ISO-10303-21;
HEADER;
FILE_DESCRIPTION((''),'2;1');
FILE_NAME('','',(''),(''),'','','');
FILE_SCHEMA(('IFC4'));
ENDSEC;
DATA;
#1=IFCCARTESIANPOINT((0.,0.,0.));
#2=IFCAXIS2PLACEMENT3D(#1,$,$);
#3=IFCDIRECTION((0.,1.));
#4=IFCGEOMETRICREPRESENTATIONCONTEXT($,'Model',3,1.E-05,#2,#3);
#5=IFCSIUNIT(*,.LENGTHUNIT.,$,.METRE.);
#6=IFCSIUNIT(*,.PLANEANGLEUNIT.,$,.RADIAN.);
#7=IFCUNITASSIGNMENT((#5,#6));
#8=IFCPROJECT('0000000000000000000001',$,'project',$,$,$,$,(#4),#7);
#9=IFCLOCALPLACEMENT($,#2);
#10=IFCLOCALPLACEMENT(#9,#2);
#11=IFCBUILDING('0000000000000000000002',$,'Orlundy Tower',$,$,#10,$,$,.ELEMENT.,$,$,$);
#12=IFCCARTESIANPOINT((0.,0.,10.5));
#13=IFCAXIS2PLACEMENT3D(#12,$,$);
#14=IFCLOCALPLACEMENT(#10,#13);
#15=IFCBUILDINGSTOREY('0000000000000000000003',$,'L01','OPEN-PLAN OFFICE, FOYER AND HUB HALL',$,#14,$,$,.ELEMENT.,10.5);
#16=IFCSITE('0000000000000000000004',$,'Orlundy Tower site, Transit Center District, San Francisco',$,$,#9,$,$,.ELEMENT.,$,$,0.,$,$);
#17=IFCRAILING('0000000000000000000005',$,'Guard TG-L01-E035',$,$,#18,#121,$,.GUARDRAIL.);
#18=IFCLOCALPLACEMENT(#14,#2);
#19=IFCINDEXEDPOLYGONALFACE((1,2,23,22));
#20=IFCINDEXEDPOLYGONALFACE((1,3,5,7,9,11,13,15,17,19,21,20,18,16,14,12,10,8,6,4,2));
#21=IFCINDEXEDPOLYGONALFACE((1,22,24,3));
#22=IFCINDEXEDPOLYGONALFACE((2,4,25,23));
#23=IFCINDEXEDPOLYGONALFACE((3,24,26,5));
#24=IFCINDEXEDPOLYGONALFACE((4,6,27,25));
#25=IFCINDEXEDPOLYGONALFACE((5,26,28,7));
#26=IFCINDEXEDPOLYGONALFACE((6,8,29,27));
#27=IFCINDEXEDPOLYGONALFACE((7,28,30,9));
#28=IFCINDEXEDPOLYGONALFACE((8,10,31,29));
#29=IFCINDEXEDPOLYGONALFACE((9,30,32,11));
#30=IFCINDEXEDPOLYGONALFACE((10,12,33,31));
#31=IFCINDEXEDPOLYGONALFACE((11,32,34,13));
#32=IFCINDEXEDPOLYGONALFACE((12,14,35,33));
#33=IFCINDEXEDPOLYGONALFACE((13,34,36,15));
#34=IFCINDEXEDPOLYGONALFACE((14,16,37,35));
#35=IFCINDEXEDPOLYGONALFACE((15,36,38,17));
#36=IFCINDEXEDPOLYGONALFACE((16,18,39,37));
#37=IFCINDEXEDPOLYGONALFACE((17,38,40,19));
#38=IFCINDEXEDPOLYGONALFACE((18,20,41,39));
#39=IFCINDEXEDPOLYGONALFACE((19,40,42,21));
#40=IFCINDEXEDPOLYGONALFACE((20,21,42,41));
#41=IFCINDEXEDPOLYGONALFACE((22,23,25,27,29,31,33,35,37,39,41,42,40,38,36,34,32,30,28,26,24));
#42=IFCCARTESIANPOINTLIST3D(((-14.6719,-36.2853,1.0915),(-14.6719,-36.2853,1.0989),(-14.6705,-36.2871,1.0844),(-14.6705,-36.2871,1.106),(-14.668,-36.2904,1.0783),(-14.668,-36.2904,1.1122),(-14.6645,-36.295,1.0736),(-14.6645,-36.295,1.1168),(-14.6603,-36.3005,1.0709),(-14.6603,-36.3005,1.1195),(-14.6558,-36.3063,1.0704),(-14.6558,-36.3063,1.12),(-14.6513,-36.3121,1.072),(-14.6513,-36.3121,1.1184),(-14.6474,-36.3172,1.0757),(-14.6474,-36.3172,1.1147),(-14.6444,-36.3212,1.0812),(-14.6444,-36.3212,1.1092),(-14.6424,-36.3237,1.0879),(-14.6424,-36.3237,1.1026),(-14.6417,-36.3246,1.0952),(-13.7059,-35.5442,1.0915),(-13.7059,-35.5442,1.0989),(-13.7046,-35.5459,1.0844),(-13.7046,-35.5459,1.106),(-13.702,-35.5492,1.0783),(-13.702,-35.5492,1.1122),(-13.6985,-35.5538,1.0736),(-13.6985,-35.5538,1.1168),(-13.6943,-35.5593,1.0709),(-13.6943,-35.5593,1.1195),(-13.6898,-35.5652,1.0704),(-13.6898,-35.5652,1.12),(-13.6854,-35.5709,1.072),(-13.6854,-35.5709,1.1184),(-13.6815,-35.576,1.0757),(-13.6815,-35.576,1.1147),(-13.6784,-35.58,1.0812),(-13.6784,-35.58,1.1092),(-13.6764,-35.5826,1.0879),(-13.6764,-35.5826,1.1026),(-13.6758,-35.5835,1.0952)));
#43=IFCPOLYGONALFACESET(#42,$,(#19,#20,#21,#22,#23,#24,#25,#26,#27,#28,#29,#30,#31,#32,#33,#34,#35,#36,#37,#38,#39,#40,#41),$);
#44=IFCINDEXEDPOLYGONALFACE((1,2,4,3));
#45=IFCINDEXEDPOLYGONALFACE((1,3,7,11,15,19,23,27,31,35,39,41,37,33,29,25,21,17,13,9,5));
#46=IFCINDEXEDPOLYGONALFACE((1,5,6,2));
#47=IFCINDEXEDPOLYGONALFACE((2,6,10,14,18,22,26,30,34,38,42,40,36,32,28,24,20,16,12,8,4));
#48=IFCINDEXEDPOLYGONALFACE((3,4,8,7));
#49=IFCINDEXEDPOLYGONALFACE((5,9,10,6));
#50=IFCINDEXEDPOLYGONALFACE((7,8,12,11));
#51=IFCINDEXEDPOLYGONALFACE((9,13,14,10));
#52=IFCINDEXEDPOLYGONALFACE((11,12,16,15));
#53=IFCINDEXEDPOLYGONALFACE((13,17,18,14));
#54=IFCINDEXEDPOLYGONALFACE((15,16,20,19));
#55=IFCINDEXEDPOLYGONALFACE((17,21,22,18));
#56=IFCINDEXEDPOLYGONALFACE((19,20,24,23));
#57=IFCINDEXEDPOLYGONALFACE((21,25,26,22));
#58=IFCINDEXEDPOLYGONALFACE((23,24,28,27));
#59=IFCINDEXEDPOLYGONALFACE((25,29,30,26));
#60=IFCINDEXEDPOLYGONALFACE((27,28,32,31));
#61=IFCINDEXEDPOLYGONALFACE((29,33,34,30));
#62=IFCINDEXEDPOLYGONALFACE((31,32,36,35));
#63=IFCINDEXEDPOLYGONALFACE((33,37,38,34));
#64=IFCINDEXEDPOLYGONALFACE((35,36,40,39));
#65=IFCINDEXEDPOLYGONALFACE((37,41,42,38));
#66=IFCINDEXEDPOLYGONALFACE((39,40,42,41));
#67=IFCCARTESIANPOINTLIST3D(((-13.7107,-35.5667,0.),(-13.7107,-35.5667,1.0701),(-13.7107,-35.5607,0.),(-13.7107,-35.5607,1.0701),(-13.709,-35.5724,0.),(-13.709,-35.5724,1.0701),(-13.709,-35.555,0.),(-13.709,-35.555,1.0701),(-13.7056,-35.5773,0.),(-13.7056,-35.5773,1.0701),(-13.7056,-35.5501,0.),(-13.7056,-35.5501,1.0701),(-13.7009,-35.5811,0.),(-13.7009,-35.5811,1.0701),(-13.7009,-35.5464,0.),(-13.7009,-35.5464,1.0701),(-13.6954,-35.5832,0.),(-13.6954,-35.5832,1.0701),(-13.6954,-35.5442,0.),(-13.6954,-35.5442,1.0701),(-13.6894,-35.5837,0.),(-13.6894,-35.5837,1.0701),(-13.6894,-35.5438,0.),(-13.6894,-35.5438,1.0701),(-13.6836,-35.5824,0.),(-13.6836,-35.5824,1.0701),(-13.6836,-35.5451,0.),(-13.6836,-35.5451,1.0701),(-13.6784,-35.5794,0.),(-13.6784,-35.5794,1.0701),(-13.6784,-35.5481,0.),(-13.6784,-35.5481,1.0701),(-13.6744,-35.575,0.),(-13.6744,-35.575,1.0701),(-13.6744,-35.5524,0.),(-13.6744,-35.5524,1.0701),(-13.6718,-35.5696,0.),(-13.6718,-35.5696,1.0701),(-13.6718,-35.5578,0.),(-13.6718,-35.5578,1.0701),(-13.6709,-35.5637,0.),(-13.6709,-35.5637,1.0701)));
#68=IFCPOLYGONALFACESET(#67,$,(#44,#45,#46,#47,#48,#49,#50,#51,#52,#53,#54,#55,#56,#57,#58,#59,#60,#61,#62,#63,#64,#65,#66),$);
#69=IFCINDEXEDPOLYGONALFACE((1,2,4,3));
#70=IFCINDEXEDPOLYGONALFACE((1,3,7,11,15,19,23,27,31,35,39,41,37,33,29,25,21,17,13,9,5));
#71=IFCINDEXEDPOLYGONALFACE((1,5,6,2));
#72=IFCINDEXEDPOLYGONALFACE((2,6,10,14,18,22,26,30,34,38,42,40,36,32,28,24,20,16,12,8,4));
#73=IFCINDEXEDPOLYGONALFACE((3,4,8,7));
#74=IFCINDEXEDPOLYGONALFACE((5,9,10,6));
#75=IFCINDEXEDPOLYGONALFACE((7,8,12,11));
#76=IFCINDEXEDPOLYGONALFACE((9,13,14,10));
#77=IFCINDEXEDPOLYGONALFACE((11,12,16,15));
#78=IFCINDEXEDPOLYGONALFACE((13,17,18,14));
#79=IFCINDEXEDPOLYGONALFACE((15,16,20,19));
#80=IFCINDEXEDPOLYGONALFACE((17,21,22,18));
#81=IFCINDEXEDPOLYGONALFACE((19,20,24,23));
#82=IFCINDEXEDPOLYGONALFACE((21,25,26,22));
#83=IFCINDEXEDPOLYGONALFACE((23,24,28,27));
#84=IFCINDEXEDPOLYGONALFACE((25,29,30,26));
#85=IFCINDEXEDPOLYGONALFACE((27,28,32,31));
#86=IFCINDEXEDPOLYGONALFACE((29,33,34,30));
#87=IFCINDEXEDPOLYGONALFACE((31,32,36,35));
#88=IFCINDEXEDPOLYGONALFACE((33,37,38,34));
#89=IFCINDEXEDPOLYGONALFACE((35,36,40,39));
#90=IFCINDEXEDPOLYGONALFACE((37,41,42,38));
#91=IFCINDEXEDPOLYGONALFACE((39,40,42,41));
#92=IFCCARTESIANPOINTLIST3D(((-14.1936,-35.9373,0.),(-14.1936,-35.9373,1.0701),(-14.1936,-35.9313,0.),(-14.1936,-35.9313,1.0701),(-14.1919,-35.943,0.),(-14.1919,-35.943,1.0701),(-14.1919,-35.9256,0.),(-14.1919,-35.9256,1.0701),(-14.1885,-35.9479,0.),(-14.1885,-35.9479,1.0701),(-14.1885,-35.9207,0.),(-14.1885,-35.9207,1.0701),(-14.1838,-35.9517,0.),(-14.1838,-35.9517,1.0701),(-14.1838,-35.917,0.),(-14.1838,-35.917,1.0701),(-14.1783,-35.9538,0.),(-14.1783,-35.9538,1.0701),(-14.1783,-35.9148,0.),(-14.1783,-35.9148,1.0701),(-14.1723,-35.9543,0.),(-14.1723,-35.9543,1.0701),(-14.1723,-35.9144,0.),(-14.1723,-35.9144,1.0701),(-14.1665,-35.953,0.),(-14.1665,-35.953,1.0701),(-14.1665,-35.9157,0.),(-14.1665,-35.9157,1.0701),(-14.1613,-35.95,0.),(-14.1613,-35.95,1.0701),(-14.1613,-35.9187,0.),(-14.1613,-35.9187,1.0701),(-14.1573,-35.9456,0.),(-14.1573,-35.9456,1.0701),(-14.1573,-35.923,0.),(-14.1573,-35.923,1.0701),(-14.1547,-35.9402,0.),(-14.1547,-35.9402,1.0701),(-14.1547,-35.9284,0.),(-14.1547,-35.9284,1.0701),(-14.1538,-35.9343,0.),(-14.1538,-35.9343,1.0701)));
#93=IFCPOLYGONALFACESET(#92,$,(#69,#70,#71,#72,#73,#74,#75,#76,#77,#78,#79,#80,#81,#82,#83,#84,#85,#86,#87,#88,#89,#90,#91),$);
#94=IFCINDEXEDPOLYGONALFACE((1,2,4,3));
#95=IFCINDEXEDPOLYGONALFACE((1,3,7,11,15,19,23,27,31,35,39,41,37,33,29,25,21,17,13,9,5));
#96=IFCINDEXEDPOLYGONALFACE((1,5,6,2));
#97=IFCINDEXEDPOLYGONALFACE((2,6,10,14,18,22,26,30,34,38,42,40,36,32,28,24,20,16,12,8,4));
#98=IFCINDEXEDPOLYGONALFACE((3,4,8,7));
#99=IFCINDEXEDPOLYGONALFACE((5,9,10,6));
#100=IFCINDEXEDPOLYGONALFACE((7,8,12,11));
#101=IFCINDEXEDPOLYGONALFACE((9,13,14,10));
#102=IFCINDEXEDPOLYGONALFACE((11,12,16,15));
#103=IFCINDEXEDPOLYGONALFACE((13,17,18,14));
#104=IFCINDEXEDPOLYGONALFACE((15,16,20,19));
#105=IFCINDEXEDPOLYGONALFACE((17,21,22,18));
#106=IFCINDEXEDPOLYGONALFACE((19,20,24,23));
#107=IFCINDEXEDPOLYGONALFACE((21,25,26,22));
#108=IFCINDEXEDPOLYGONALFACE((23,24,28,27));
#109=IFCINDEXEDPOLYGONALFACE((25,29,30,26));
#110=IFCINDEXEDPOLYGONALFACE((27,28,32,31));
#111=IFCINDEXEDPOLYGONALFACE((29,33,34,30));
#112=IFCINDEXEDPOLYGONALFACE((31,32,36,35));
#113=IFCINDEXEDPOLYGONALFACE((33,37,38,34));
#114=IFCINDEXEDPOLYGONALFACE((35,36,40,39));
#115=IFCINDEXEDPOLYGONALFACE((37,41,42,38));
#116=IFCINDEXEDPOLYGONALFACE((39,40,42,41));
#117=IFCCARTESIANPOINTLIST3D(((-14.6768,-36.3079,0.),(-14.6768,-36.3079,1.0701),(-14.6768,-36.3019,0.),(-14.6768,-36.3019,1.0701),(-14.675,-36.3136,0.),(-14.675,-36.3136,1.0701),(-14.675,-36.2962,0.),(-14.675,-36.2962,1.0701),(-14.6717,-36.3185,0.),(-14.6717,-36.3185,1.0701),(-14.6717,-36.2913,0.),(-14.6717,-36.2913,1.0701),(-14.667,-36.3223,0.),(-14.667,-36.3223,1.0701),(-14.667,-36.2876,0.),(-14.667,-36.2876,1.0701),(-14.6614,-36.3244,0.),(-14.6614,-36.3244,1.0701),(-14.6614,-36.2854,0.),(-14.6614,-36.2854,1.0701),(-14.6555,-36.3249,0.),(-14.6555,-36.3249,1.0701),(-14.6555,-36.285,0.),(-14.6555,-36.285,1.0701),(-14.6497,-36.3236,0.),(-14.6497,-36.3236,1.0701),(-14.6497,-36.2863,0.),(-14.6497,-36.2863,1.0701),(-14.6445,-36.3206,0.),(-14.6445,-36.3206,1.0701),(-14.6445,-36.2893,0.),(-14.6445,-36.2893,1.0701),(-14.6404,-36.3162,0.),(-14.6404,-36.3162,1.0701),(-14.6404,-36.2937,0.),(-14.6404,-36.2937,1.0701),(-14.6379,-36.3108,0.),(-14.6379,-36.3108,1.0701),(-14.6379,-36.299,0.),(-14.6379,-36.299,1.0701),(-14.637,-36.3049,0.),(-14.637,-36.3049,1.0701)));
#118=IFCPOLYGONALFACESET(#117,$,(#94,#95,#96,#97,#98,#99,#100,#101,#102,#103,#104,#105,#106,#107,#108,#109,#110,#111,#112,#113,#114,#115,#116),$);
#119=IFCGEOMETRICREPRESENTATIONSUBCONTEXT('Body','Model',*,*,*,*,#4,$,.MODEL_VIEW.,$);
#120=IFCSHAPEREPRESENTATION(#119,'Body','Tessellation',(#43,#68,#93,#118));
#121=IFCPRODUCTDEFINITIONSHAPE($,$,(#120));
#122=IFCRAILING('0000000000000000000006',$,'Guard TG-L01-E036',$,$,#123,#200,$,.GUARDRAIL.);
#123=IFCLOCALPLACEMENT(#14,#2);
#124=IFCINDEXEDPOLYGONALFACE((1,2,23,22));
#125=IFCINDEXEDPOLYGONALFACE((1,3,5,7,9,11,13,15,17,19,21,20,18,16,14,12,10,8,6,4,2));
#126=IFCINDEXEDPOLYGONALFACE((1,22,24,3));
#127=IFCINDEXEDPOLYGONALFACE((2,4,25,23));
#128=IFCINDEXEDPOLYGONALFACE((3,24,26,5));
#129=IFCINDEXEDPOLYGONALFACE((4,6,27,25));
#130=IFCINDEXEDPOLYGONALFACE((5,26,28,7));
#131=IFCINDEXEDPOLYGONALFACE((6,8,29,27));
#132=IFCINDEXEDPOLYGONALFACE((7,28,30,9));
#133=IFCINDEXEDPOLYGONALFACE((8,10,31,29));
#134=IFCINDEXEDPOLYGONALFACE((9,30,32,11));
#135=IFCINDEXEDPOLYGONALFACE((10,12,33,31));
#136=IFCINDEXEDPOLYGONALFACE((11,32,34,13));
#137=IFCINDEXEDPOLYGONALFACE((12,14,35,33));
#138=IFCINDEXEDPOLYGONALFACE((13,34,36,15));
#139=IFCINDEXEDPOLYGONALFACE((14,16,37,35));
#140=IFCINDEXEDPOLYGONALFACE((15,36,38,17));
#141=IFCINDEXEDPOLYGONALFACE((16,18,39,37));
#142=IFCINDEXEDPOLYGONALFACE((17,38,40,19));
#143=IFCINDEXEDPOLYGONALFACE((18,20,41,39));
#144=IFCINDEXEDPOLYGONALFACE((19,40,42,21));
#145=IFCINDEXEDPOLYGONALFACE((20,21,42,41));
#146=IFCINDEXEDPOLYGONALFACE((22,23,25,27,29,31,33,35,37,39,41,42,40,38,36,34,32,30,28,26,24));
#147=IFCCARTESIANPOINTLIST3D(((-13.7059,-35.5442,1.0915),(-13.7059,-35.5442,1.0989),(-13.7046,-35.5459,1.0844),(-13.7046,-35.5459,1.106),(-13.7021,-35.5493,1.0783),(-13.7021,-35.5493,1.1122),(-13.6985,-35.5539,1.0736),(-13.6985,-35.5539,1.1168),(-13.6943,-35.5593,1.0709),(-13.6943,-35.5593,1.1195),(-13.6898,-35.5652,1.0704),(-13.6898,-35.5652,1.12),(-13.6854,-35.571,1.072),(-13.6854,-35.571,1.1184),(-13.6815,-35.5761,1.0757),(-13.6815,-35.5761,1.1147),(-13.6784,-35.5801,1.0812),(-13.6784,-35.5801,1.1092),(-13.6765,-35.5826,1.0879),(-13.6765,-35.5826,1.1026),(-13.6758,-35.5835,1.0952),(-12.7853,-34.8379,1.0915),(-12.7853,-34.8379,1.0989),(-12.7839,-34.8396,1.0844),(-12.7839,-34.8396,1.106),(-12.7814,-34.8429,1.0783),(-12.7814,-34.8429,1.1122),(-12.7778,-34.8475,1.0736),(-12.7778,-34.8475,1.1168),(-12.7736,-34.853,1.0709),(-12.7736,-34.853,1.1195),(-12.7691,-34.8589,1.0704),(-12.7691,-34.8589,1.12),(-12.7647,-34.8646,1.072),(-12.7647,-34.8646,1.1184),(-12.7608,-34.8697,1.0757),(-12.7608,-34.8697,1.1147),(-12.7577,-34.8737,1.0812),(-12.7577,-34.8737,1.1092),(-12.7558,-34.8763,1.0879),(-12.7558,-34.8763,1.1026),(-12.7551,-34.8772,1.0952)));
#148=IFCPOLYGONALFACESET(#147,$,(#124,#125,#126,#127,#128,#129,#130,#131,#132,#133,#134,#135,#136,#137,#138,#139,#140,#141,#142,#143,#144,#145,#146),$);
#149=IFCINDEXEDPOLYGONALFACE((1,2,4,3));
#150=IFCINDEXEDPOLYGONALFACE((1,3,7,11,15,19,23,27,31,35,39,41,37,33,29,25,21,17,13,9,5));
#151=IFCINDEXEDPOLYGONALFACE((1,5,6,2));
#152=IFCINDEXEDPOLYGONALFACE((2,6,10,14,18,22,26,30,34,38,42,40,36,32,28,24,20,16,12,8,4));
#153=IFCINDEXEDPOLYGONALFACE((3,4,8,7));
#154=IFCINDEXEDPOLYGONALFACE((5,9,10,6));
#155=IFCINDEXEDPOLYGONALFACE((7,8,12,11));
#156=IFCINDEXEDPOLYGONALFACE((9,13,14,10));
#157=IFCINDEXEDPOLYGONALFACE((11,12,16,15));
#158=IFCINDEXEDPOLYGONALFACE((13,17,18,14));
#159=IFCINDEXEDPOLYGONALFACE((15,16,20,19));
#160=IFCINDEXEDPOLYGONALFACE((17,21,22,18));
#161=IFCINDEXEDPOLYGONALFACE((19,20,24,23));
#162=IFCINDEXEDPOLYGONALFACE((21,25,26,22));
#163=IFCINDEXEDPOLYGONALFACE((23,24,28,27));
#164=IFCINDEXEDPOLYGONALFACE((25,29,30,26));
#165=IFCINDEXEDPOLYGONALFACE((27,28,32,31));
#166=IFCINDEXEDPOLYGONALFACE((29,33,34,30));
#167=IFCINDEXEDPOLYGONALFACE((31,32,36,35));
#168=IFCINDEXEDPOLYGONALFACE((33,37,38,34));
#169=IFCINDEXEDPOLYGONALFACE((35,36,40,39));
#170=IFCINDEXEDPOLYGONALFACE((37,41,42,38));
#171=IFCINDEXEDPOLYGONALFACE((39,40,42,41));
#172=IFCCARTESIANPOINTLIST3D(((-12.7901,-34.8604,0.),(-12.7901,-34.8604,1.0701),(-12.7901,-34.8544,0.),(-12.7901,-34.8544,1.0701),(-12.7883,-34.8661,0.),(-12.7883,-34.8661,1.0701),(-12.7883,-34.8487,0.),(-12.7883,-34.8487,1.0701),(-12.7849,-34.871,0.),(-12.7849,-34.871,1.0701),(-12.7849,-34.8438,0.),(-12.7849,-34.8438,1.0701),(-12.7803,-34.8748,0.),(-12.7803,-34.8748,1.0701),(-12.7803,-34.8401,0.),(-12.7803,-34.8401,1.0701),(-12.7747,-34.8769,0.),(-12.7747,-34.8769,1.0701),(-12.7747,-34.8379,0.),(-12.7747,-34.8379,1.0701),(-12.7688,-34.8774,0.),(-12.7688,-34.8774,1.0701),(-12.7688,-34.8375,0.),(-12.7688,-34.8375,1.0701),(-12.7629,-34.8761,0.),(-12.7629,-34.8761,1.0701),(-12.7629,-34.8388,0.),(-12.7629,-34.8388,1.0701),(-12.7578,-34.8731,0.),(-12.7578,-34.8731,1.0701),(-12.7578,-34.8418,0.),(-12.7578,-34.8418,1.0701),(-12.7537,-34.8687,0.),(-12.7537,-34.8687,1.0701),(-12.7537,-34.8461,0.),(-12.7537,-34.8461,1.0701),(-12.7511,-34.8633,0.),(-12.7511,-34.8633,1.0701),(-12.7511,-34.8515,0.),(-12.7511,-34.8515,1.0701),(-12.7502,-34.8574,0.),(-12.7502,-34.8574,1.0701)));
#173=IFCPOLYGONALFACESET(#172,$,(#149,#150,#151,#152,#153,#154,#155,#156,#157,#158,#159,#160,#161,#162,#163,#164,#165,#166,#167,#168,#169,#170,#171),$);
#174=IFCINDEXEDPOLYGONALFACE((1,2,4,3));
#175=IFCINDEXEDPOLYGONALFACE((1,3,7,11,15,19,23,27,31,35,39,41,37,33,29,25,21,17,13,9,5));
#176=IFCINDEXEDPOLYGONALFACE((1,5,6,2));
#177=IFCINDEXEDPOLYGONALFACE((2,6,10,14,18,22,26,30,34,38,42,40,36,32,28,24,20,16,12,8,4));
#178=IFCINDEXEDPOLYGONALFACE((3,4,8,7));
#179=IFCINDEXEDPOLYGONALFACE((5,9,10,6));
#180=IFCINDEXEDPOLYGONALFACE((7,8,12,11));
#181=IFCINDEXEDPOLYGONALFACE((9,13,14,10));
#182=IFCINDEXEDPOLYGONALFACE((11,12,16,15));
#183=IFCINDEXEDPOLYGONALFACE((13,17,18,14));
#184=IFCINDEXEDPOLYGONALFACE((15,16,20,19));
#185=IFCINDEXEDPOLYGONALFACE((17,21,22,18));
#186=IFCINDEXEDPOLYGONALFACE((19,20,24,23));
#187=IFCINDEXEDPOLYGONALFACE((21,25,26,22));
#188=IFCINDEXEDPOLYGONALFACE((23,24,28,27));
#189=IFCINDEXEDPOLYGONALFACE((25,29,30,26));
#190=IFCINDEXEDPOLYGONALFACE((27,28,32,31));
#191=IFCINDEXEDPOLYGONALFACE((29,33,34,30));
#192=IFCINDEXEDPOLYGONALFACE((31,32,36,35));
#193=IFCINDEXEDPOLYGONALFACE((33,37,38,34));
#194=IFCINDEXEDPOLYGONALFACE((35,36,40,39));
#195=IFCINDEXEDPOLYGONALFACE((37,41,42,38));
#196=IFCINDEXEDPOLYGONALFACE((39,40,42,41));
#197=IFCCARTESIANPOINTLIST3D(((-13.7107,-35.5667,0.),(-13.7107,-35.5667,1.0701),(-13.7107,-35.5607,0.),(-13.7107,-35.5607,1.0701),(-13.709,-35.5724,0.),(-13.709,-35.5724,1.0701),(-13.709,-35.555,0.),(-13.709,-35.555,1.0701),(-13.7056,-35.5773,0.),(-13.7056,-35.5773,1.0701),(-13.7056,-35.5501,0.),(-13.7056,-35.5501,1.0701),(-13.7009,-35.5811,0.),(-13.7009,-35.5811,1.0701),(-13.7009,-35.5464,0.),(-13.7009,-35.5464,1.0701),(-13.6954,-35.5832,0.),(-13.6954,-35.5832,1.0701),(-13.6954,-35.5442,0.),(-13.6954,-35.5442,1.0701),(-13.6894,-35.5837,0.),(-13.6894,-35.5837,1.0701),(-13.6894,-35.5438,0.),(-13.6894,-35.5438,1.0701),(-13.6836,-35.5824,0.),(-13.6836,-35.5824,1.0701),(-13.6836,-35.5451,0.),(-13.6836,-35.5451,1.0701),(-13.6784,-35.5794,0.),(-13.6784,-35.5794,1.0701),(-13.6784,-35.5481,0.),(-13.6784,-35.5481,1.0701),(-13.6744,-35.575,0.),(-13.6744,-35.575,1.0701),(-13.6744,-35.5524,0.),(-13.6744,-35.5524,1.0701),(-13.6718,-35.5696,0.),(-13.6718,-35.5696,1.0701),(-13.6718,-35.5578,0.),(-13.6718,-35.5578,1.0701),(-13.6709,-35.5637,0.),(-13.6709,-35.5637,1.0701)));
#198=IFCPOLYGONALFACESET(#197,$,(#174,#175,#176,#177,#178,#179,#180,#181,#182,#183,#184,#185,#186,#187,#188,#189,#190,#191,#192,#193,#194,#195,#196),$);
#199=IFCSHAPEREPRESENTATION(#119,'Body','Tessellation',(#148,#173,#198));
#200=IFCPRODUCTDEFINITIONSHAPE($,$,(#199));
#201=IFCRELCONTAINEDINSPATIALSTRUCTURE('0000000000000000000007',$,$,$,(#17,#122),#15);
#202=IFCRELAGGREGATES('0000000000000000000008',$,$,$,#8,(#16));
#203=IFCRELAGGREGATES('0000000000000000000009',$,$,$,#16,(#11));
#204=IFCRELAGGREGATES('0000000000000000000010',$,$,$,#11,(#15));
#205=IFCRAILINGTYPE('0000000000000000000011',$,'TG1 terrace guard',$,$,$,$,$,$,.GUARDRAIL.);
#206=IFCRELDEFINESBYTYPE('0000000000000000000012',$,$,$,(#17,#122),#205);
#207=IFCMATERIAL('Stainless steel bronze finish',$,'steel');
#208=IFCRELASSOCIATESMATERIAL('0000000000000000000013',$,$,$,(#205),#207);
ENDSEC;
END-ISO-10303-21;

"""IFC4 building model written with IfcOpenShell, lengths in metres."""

from ifc_helpers import new_model, si_unit, direction, frame, origin, origin_2d, place, context, subcontext, project, spatial, circle, extrude, material, type_object, element, save


model = new_model("IFC4")

# Units and contexts
model_context = context("Model", 3, precision=1e-05, world=origin(), true_north=direction((0.0, 1.0)))
body_context = subcontext(model_context, "Body", "Model", "MODEL_VIEW")
ifc_project = project(units=[si_unit("LENGTHUNIT", "METRE"), si_unit("PLANEANGLEUNIT", "RADIAN")], contexts=[model_context])

# Site, building, storey
site_placement = place(None, origin())
site = spatial("IfcSite", under=ifc_project, at=site_placement, Name="Orlundy Tower site, Transit Center District, San Francisco", CompositionType="ELEMENT", RefElevation=0.0)
building_placement = place(site_placement, origin())
building = spatial("IfcBuilding", under=site, at=building_placement, Name="Orlundy Tower", CompositionType="ELEMENT")
storey_placement = place(building_placement, frame((0.0, 0.0, 10.5)))
storey = spatial("IfcBuildingStorey", under=building, at=storey_placement, Name="L01", Description="OPEN-PLAN OFFICE, FOYER AND HUB HALL", CompositionType="ELEMENT", Elevation=10.5)

# Railings
ifc_material_1 = material(Name="Stainless steel bronze finish", Category="steel")
railing_type = type_object("IfcRailingType", Name="TG1 terrace guard", PredefinedType="GUARDRAIL", material=ifc_material_1)
railing_1_placement = place(storey_placement, frame((-13.6909, -35.5637, 0.0)))
element("IfcRailing", 1, at=railing_1_placement, inside=storey, type_object=railing_type, Name="Guard TG-L01-E035", PredefinedType="GUARDRAIL", context=body_context, shape_type="SweptSolid", body=[
    extrude(circle(Radius=0.0249, at=origin_2d()), frame((0.0, 0.0, 1.0952), z_axis=(-0.793384, -0.608722, 0.0), x_axis=(0.608722, -0.793384, 0.0)), (0.0, 0.0, 1.0), 1.2175),
    extrude(circle(Radius=0.02, at=origin_2d()), origin(), (0.0, 0.0, 1.0), 1.0701),
    extrude(circle(Radius=0.02, at=origin_2d()), frame((-0.4829, -0.3706, 0.0)), (0.0, 0.0, 1.0), 1.0701),
    extrude(circle(Radius=0.02, at=origin_2d()), frame((-0.9661, -0.7412, 0.0)), (0.0, 0.0, 1.0), 1.0701),
])
railing_2_placement = place(storey_placement, frame((-12.7703, -34.8574, 0.0)))
element("IfcRailing", 2, at=railing_2_placement, inside=storey, type_object=railing_type, Name="Guard TG-L01-E036", PredefinedType="GUARDRAIL", context=body_context, shape_type="SweptSolid", body=[
    extrude(circle(Radius=0.0249, at=origin_2d()), frame((0.0, 0.0, 1.0952), z_axis=(-0.793413, -0.608683, 0.0), x_axis=(0.608683, -0.793413, 0.0)), (0.0, 0.0, 1.0), 1.1604),
    extrude(circle(Radius=0.02, at=origin_2d()), origin(), (0.0, 0.0, 1.0), 1.0701),
    extrude(circle(Radius=0.02, at=origin_2d()), frame((-0.9207, -0.7063, 0.0)), (0.0, 0.0, 1.0), 1.0701),
])

save(model, "model.ifc")
